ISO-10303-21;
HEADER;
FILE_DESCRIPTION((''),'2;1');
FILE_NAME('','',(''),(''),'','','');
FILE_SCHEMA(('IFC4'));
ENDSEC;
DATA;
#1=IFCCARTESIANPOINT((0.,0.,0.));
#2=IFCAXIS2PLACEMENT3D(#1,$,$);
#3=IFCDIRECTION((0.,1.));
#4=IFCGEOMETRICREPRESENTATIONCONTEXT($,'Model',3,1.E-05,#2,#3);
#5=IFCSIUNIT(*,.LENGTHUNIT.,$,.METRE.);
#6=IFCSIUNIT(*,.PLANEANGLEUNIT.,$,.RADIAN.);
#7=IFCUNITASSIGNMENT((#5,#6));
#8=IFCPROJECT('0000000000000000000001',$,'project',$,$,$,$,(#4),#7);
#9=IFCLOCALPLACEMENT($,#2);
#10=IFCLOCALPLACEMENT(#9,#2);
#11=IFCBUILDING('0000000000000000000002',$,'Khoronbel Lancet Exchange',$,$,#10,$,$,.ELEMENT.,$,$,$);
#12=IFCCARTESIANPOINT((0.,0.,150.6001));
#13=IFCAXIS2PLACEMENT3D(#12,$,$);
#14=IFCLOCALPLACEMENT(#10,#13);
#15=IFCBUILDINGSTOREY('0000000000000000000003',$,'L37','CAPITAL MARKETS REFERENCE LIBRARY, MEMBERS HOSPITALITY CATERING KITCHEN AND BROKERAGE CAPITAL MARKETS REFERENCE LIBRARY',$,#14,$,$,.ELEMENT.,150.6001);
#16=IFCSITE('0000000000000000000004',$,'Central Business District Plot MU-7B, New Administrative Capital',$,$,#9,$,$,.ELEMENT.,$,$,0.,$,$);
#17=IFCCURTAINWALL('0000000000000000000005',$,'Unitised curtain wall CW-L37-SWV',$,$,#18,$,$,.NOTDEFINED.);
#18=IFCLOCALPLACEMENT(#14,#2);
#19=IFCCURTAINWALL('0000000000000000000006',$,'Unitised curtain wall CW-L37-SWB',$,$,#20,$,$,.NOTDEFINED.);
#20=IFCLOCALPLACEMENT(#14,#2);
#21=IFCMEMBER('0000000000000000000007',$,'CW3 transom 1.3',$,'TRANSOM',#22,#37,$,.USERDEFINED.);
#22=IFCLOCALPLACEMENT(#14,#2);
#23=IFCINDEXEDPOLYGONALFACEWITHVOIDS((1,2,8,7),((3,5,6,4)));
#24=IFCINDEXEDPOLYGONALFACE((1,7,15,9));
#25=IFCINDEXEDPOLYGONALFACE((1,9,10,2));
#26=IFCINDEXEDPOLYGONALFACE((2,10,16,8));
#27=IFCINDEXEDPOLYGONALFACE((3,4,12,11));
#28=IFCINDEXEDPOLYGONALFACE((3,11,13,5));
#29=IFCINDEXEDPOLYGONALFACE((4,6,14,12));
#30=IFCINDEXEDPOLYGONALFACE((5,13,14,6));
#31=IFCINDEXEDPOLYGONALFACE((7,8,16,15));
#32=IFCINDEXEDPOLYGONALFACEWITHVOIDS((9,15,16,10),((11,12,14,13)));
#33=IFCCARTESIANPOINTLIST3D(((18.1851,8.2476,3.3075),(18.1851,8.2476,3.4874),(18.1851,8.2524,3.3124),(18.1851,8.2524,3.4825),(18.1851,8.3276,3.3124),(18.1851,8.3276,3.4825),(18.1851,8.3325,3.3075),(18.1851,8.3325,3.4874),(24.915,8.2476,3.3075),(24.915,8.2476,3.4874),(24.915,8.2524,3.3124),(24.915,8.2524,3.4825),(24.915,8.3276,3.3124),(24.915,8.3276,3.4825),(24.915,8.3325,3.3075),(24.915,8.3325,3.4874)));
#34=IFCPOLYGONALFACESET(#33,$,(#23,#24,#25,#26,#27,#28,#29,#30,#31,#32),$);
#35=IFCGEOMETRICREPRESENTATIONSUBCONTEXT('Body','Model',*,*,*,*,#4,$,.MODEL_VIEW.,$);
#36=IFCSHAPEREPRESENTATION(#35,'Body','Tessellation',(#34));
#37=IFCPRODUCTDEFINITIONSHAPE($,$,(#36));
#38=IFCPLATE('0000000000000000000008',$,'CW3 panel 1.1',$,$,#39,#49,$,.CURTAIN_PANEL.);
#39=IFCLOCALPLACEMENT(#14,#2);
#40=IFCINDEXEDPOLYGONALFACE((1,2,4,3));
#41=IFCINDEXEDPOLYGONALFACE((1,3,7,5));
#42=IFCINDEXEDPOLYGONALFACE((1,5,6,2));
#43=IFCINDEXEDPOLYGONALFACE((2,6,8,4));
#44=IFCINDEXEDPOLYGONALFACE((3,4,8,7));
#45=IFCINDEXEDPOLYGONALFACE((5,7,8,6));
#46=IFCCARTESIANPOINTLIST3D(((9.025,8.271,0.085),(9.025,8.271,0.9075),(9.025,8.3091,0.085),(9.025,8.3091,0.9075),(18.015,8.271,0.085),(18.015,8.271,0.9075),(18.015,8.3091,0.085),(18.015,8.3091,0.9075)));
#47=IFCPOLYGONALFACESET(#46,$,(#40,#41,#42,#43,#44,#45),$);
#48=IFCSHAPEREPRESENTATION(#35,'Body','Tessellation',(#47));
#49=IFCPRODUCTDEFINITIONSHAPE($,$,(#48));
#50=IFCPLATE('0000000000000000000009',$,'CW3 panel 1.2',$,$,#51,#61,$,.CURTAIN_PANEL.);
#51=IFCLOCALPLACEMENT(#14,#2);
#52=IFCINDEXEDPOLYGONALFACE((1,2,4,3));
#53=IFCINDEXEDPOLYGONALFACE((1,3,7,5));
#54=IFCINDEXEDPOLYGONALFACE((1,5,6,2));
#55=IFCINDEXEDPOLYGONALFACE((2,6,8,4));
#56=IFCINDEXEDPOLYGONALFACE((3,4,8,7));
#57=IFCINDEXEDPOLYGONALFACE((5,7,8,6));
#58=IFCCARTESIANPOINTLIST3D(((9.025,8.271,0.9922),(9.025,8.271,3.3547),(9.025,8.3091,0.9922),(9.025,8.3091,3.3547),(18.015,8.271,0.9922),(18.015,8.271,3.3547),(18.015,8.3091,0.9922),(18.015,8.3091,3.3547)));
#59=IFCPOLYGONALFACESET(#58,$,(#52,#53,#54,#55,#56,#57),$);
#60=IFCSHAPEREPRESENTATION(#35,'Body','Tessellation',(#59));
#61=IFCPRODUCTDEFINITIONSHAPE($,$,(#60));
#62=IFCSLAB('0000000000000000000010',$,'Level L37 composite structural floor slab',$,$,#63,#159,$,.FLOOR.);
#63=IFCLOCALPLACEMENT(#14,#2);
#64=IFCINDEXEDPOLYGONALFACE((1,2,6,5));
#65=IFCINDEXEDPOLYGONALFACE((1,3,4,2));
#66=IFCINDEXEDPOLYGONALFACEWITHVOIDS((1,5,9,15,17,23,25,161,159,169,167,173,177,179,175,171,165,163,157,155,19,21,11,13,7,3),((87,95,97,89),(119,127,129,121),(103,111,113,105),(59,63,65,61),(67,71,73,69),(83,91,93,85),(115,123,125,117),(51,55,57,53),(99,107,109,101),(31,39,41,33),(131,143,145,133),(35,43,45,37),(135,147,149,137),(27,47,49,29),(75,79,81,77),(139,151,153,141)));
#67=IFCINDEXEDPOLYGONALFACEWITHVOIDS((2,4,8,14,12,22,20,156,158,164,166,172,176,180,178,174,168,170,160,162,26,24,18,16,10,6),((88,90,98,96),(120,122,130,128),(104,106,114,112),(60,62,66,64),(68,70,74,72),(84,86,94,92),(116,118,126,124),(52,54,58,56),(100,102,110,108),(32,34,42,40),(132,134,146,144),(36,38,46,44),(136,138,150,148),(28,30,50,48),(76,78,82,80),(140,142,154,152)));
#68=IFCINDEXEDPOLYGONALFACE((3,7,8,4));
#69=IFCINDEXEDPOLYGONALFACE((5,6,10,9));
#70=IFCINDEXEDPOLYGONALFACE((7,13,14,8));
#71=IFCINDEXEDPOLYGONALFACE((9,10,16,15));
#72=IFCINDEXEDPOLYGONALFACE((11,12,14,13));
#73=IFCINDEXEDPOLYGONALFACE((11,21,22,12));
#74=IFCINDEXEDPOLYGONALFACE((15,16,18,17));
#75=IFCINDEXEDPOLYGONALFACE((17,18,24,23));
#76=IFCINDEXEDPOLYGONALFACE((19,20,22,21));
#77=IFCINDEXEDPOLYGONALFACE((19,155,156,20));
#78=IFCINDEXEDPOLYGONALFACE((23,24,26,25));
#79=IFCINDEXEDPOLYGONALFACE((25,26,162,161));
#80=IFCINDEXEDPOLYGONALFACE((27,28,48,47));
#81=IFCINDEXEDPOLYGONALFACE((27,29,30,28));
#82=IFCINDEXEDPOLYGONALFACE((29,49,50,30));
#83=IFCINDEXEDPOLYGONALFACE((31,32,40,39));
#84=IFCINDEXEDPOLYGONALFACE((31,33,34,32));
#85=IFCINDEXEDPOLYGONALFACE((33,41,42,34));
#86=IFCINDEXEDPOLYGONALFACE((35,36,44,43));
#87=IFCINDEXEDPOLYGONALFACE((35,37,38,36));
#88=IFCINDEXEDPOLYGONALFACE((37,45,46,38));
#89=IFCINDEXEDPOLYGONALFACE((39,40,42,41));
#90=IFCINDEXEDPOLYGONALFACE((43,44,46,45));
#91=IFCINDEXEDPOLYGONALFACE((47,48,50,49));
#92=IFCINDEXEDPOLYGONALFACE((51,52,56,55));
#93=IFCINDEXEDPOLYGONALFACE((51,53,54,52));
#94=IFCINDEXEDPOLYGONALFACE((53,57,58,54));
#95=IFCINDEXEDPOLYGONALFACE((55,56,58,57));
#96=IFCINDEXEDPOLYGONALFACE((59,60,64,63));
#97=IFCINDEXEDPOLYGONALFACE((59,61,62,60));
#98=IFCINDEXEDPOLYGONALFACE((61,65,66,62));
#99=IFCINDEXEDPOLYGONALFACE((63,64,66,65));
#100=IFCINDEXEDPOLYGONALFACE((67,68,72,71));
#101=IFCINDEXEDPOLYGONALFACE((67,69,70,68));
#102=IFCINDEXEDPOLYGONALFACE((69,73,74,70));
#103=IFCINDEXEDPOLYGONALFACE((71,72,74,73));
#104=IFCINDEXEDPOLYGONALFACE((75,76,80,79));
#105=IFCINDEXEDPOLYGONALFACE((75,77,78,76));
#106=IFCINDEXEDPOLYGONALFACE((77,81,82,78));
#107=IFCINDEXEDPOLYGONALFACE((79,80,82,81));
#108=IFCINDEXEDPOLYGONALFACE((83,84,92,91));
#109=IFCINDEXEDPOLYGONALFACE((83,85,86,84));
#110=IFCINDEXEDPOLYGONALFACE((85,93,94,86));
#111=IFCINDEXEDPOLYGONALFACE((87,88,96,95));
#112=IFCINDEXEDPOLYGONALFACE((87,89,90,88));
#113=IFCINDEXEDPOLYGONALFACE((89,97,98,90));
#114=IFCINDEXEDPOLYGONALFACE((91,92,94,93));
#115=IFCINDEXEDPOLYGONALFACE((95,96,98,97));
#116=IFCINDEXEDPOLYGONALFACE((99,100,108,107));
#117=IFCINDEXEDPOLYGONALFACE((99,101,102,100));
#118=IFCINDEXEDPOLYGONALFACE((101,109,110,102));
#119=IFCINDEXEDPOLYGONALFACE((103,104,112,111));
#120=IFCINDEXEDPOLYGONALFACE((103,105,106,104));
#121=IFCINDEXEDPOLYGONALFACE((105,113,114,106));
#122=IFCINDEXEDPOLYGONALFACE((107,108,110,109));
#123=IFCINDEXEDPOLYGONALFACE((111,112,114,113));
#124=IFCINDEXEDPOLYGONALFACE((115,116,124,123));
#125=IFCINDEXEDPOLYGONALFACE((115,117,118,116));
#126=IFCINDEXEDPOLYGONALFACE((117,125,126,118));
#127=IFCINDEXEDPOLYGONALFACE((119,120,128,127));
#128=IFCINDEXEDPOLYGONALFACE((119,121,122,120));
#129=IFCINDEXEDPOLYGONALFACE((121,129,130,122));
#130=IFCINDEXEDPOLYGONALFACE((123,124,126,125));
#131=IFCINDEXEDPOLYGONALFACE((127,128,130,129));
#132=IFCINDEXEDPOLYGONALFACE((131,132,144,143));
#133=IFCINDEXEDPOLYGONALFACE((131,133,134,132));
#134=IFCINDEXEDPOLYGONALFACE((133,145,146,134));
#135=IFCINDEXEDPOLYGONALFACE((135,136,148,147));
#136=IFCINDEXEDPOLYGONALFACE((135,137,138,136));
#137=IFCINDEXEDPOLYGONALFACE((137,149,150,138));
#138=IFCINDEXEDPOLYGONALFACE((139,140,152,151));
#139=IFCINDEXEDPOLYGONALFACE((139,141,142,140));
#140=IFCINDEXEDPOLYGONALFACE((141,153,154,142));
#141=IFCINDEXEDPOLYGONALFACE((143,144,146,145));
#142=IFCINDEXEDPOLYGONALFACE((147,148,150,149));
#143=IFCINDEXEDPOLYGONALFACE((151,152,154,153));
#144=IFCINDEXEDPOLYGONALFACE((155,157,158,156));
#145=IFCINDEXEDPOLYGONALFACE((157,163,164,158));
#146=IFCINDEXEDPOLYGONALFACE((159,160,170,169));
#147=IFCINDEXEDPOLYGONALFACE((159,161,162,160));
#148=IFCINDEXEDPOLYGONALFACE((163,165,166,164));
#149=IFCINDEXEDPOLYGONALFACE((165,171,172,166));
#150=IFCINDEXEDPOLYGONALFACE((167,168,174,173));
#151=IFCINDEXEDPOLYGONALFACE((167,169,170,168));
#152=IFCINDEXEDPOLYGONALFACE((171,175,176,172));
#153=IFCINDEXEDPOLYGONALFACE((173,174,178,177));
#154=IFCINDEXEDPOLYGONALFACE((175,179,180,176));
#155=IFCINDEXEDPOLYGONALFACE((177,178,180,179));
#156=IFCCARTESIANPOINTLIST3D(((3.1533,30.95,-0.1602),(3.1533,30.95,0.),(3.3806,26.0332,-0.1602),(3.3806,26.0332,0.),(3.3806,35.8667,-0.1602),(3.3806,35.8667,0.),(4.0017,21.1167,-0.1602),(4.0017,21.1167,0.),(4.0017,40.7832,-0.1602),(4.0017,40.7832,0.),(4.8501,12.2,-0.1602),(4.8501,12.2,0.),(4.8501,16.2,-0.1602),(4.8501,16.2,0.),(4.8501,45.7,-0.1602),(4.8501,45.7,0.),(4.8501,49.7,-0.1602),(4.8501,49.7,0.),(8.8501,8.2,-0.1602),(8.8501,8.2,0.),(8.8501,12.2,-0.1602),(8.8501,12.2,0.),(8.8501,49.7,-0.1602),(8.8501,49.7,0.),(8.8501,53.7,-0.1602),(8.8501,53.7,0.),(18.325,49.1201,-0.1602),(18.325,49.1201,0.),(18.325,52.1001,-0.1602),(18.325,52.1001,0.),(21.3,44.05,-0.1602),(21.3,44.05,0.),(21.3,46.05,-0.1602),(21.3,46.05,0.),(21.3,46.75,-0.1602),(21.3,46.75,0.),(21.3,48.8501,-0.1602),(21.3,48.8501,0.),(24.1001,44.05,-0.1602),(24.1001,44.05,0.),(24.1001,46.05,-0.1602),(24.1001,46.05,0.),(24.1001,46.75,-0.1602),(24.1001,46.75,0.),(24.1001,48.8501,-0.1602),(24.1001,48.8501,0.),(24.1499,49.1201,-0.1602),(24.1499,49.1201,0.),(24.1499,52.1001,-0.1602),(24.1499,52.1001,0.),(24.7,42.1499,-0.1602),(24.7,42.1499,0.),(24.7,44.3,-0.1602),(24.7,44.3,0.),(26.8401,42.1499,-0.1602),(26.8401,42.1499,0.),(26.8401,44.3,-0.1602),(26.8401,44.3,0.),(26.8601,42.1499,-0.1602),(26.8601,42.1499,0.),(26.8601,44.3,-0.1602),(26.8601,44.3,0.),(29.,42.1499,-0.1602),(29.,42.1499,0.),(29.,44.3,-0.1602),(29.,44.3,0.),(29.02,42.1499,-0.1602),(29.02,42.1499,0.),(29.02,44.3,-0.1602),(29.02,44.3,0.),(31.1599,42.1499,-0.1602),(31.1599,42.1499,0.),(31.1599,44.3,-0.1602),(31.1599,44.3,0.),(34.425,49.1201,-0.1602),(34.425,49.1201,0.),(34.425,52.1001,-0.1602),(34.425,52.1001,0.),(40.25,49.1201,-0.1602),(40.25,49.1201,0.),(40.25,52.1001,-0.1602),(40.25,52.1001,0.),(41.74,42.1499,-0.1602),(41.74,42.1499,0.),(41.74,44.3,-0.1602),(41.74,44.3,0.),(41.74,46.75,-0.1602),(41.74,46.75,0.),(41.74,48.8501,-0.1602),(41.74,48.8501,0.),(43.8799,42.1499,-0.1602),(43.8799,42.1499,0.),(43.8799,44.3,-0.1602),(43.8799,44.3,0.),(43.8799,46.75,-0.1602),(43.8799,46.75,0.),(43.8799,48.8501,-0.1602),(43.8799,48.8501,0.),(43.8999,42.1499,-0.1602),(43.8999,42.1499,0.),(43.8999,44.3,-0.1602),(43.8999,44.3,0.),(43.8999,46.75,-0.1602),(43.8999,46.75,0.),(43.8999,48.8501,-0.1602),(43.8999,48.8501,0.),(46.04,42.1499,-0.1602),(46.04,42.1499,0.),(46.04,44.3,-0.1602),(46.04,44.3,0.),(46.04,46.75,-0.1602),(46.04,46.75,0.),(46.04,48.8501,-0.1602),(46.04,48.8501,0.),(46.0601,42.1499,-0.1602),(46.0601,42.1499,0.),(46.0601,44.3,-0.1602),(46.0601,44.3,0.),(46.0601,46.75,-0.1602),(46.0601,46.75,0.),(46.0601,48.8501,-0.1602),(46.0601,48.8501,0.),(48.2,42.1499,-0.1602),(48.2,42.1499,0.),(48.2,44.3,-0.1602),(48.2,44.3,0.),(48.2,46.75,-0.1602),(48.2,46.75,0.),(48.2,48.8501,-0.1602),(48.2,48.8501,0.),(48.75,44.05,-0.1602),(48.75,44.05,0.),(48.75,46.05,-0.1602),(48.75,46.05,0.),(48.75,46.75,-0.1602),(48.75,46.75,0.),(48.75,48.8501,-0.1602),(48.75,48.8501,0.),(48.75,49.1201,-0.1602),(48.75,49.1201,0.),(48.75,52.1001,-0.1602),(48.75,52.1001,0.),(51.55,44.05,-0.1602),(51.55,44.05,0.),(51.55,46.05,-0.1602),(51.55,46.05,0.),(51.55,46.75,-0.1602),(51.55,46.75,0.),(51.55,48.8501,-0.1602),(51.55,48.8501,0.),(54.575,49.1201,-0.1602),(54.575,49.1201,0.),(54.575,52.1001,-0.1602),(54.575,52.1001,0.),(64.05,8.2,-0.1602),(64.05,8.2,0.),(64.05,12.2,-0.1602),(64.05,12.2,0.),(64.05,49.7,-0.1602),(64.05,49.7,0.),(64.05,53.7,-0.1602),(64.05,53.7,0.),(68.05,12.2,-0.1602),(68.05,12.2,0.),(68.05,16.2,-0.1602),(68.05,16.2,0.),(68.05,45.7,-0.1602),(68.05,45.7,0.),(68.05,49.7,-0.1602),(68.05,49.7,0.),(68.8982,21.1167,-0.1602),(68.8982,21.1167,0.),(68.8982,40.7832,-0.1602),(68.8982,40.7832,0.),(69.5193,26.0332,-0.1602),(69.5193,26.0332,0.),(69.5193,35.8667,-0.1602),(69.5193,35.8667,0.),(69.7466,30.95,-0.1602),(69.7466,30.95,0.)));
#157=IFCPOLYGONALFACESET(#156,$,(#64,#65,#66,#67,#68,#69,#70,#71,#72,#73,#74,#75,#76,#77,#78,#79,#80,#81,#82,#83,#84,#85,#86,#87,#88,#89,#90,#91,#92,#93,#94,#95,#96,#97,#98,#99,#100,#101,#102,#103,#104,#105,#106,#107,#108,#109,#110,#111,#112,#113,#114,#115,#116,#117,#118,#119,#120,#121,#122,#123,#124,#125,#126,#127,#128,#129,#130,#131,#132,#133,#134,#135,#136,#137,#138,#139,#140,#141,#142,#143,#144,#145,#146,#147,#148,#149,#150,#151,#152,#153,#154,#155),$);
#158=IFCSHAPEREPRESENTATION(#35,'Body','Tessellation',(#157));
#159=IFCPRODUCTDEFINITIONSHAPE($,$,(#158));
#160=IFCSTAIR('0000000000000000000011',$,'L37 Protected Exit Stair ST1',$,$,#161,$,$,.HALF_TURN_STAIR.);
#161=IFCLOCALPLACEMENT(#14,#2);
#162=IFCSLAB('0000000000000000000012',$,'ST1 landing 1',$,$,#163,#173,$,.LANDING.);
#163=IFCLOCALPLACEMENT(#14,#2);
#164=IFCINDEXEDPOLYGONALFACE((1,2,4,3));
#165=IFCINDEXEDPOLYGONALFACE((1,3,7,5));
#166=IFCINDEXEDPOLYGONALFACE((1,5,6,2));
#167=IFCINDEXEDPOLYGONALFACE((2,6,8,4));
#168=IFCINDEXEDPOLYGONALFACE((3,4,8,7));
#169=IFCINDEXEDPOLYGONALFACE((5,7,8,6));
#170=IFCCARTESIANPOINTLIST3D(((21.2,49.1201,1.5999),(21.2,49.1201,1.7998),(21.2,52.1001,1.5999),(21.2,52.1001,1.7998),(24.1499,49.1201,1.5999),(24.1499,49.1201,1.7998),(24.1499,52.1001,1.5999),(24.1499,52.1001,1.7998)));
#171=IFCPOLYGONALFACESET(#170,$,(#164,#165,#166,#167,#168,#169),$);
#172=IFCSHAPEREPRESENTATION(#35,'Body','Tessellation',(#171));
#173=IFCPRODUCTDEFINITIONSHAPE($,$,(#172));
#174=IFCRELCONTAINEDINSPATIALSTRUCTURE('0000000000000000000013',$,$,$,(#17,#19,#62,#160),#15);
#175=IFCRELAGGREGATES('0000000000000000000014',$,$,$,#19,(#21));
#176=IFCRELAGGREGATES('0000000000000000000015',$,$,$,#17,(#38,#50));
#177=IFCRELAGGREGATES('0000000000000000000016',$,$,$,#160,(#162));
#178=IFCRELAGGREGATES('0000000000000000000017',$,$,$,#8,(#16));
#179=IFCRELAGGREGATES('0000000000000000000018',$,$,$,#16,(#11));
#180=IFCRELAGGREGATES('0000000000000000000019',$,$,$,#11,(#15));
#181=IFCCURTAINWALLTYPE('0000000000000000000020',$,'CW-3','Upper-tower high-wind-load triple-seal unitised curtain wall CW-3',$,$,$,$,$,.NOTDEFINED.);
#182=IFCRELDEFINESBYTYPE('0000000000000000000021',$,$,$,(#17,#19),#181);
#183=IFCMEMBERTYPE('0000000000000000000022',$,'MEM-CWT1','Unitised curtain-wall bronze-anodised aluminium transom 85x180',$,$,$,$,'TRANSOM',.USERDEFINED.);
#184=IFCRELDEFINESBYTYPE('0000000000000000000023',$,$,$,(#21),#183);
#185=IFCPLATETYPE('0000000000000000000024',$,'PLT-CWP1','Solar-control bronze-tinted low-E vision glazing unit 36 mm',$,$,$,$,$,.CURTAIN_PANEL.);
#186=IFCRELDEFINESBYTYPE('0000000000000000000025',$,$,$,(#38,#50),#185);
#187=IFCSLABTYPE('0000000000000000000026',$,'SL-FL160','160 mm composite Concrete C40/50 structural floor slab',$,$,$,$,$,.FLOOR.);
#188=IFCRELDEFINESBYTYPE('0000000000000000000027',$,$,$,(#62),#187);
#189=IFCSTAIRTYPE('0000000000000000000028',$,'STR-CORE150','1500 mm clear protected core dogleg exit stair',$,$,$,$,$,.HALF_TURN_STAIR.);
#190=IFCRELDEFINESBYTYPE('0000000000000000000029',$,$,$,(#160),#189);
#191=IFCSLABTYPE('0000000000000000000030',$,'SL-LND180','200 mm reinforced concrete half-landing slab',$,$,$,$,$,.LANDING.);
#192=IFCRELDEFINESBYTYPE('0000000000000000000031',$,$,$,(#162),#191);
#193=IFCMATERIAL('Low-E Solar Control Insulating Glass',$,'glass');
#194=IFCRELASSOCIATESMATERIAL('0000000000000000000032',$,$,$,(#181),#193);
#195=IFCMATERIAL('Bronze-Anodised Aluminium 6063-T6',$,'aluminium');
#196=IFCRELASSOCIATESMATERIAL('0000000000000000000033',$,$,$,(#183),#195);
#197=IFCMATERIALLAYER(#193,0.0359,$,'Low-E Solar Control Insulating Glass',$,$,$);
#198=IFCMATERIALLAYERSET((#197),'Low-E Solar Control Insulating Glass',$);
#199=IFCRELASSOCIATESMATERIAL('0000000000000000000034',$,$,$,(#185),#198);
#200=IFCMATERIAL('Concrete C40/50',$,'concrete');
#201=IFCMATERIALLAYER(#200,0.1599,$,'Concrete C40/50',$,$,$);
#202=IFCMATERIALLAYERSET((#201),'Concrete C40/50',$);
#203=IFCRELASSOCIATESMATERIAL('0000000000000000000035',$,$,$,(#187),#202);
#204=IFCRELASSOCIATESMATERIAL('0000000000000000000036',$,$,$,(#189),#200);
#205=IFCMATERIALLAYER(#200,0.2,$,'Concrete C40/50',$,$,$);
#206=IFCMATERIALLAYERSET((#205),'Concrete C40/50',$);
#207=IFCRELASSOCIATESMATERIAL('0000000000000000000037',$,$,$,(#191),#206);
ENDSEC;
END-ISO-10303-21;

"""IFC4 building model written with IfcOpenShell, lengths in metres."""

from ifc_helpers import new_model, si_unit, direction, frame, origin, origin_2d, place, context, subcontext, project, spatial, polyline, rectangle, hollow_rectangle, outline, extrude, material, layer, layer_set, material_profile, profile_set, type_object, element, aggregate, save


model = new_model("IFC4")

# Units and contexts
model_context = context("Model", 3, precision=1e-05, world=origin(), true_north=direction((0.0, 1.0)))
body_context = subcontext(model_context, "Body", "Model", "MODEL_VIEW")
ifc_project = project(units=[si_unit("LENGTHUNIT", "METRE"), si_unit("PLANEANGLEUNIT", "RADIAN")], contexts=[model_context])

# Site, building, storey
site_placement = place(None, origin())
site = spatial("IfcSite", under=ifc_project, at=site_placement, Name="Central Business District Plot MU-7B, New Administrative Capital", CompositionType="ELEMENT", RefElevation=0.0)
building_placement = place(site_placement, origin())
building = spatial("IfcBuilding", under=site, at=building_placement, Name="Khoronbel Lancet Exchange", CompositionType="ELEMENT")
storey_placement = place(building_placement, frame((0.0, 0.0, 150.6001)))
storey = spatial("IfcBuildingStorey", under=building, at=storey_placement, Name="L37", Description="CAPITAL MARKETS REFERENCE LIBRARY, MEMBERS HOSPITALITY CATERING KITCHEN AND BROKERAGE CAPITAL MARKETS REFERENCE LIBRARY", CompositionType="ELEMENT", Elevation=150.6001)

# Curtain wall
ifc_material_1 = material(Name="Low-E Solar Control Insulating Glass", Category="glass")
curtain_wall_type = type_object("IfcCurtainWallType", Name="CW-3", Description="Upper-tower high-wind-load triple-seal unitised curtain wall CW-3", PredefinedType="NOTDEFINED", material=ifc_material_1)
curtain_wall_1_placement = place(storey_placement, origin())
curtain_wall_1 = element("IfcCurtainWall", 1, at=curtain_wall_1_placement, inside=storey, type_object=curtain_wall_type, Name="Unitised curtain wall CW-L37-SWV", PredefinedType="NOTDEFINED")
ifc_material_2 = material(Name="Bronze-Anodised Aluminium 6063-T6", Category="aluminium")

# Curtain wall
curtain_wall_2_placement = place(storey_placement, origin())
curtain_wall_2 = element("IfcCurtainWall", 2, at=curtain_wall_2_placement, inside=storey, type_object=curtain_wall_type, Name="Unitised curtain wall CW-L37-SWB", PredefinedType="NOTDEFINED")

# Member
ifc_material_profile_1 = material_profile(ifc_material_2, hollow_rectangle(XDim=0.085, YDim=0.1799, WallThickness=0.0049, at=origin_2d()), Name="ALU TRANSOM 85x180")
ifc_profile_set_1 = profile_set([ifc_material_profile_1], Name="Bronze-Anodised Aluminium 6063-T6")
member_type_1 = type_object("IfcMemberType", Name="MEM-CWT1", Description="Unitised curtain-wall bronze-anodised aluminium transom 85x180", ElementType="TRANSOM", PredefinedType="USERDEFINED", material=ifc_profile_set_1)
member_1_placement = place(storey_placement, frame((18.1851, 8.29, 3.3975), z_axis=(1.0, 0.0, 0.0), x_axis=(0.0, 1.0, 0.0)))
member_1 = element("IfcMember", 3, at=member_1_placement, type_object=member_type_1, Name="CW3 transom 1.3", ObjectType="TRANSOM", PredefinedType="USERDEFINED", context=body_context, shape_type="SweptSolid", body=[
    extrude(hollow_rectangle(XDim=0.085, YDim=0.1799, WallThickness=0.0049, at=origin_2d()), origin(), (0.0, 0.0, 1.0), 6.73),
])
aggregate(curtain_wall_2, [member_1])

# Plates
ifc_layer_1 = layer(ifc_material_1, 0.0359, Name="Low-E Solar Control Insulating Glass")
ifc_layer_set_1 = layer_set([ifc_layer_1], Name="Low-E Solar Control Insulating Glass")
plate_type = type_object("IfcPlateType", Name="PLT-CWP1", Description="Solar-control bronze-tinted low-E vision glazing unit 36 mm", PredefinedType="CURTAIN_PANEL", material=ifc_layer_set_1)
plate_1_placement = place(storey_placement, frame((13.52, 8.29, 0.085), z_axis=(0.0, 0.0, 1.0), x_axis=(1.0, 0.0, 0.0)))
plate_1 = element("IfcPlate", 4, at=plate_1_placement, type_object=plate_type, Name="CW3 panel 1.1", PredefinedType="CURTAIN_PANEL", context=body_context, shape_type="SweptSolid", body=[
    extrude(rectangle(XDim=8.99, YDim=0.0381, at=origin_2d()), origin(), (0.0, 0.0, 1.0), 0.8225),
])
plate_2_placement = place(storey_placement, frame((13.52, 8.29, 0.9922), z_axis=(0.0, 0.0, 1.0), x_axis=(1.0, 0.0, 0.0)))
plate_2 = element("IfcPlate", 5, at=plate_2_placement, type_object=plate_type, Name="CW3 panel 1.2", PredefinedType="CURTAIN_PANEL", context=body_context, shape_type="SweptSolid", body=[
    extrude(rectangle(XDim=8.99, YDim=0.0381, at=origin_2d()), origin(), (0.0, 0.0, 1.0), 2.3625),
])
aggregate(curtain_wall_1, [plate_1, plate_2])

# Slab
ifc_material_3 = material(Name="Concrete C40/50", Category="concrete")
ifc_layer_2 = layer(ifc_material_3, 0.1599, Name="Concrete C40/50")
ifc_layer_set_2 = layer_set([ifc_layer_2], Name="Concrete C40/50")
slab_type_1 = type_object("IfcSlabType", Name="SL-FL160", Description="160 mm composite Concrete C40/50 structural floor slab", PredefinedType="FLOOR", material=ifc_layer_set_2)
slab_1_placement = place(storey_placement, frame((0.0, 0.0, -0.1602)))
element("IfcSlab", 6, at=slab_1_placement, inside=storey, type_object=slab_type_1, Name="Level L37 composite structural floor slab", PredefinedType="FLOOR", context=body_context, shape_type="SweptSolid", body=[
    extrude(outline(polyline([(8.8501, 8.2), (64.05, 8.2), (64.05, 12.2), (68.05, 12.2), (68.05, 16.2), (68.8982, 21.1167), (69.5193, 26.0332), (69.7466, 30.95), (69.5193, 35.8667), (68.8982, 40.7832), (68.05, 45.7), (68.05, 49.7), (64.05, 49.7), (64.05, 53.7), (8.8501, 53.7), (8.8501, 49.7), (4.8501, 49.7), (4.8501, 45.7), (4.0017, 40.7832), (3.3806, 35.8667), (3.1533, 30.95), (3.3806, 26.0332), (4.0017, 21.1167), (4.8501, 16.2), (4.8501, 12.2), (8.8501, 12.2), (8.8501, 8.2)]), holes=[polyline([(18.325, 49.1201), (24.1499, 49.1201), (24.1499, 52.1001), (18.325, 52.1001), (18.325, 49.1201)]), polyline([(48.75, 49.1201), (54.575, 49.1201), (54.575, 52.1001), (48.75, 52.1001), (48.75, 49.1201)]), polyline([(34.425, 49.1201), (40.25, 49.1201), (40.25, 52.1001), (34.425, 52.1001), (34.425, 49.1201)]), polyline([(24.7, 42.1499), (26.8401, 42.1499), (26.8401, 44.3), (24.7, 44.3), (24.7, 42.1499)]), polyline([(26.8601, 42.1499), (29.0, 42.1499), (29.0, 44.3), (26.8601, 44.3), (26.8601, 42.1499)]), polyline([(29.02, 42.1499), (31.1599, 42.1499), (31.1599, 44.3), (29.02, 44.3), (29.02, 42.1499)]), polyline([(41.74, 46.75), (43.8799, 46.75), (43.8799, 48.8501), (41.74, 48.8501), (41.74, 46.75)]), polyline([(43.8999, 46.75), (46.04, 46.75), (46.04, 48.8501), (43.8999, 48.8501), (43.8999, 46.75)]), polyline([(46.0601, 46.75), (48.2, 46.75), (48.2, 48.8501), (46.0601, 48.8501), (46.0601, 46.75)]), polyline([(41.74, 42.1499), (43.8799, 42.1499), (43.8799, 44.3), (41.74, 44.3), (41.74, 42.1499)]), polyline([(43.8999, 42.1499), (46.04, 42.1499), (46.04, 44.3), (43.8999, 44.3), (43.8999, 42.1499)]), polyline([(46.0601, 42.1499), (48.2, 42.1499), (48.2, 44.3), (46.0601, 44.3), (46.0601, 42.1499)]), polyline([(21.3, 46.75), (24.1001, 46.75), (24.1001, 48.8501), (21.3, 48.8501), (21.3, 46.75)]), polyline([(48.75, 46.75), (51.55, 46.75), (51.55, 48.8501), (48.75, 48.8501), (48.75, 46.75)]), polyline([(21.3, 44.05), (24.1001, 44.05), (24.1001, 46.05), (21.3, 46.05), (21.3, 44.05)]), polyline([(48.75, 44.05), (51.55, 44.05), (51.55, 46.05), (48.75, 46.05), (48.75, 44.05)])]), origin(), (0.0, 0.0, 1.0), 0.1602),
])

# Stair, slab
stair_type = type_object("IfcStairType", Name="STR-CORE150", Description="1500 mm clear protected core dogleg exit stair", PredefinedType="HALF_TURN_STAIR", material=ifc_material_3)
stair_1_placement = place(storey_placement, origin())
stair_1 = element("IfcStair", 7, at=stair_1_placement, inside=storey, type_object=stair_type, Name="L37 Protected Exit Stair ST1", PredefinedType="HALF_TURN_STAIR")
ifc_layer_3 = layer(ifc_material_3, 0.2, Name="Concrete C40/50")
ifc_layer_set_3 = layer_set([ifc_layer_3], Name="Concrete C40/50")
slab_type_2 = type_object("IfcSlabType", Name="SL-LND180", Description="200 mm reinforced concrete half-landing slab", PredefinedType="LANDING", material=ifc_layer_set_3)
slab_2_placement = place(storey_placement, frame((0.0, 0.0, 1.5999)))
slab_2 = element("IfcSlab", 8, at=slab_2_placement, type_object=slab_type_2, Name="ST1 landing 1", PredefinedType="LANDING", context=body_context, shape_type="SweptSolid", body=[
    extrude(outline(polyline([(21.2, 49.1201), (24.1499, 49.1201), (24.1499, 52.1001), (21.2, 52.1001), (21.2, 49.1201)])), origin(), (0.0, 0.0, 1.0), 0.2),
])
aggregate(stair_1, [slab_2])

save(model, "model.ifc")
